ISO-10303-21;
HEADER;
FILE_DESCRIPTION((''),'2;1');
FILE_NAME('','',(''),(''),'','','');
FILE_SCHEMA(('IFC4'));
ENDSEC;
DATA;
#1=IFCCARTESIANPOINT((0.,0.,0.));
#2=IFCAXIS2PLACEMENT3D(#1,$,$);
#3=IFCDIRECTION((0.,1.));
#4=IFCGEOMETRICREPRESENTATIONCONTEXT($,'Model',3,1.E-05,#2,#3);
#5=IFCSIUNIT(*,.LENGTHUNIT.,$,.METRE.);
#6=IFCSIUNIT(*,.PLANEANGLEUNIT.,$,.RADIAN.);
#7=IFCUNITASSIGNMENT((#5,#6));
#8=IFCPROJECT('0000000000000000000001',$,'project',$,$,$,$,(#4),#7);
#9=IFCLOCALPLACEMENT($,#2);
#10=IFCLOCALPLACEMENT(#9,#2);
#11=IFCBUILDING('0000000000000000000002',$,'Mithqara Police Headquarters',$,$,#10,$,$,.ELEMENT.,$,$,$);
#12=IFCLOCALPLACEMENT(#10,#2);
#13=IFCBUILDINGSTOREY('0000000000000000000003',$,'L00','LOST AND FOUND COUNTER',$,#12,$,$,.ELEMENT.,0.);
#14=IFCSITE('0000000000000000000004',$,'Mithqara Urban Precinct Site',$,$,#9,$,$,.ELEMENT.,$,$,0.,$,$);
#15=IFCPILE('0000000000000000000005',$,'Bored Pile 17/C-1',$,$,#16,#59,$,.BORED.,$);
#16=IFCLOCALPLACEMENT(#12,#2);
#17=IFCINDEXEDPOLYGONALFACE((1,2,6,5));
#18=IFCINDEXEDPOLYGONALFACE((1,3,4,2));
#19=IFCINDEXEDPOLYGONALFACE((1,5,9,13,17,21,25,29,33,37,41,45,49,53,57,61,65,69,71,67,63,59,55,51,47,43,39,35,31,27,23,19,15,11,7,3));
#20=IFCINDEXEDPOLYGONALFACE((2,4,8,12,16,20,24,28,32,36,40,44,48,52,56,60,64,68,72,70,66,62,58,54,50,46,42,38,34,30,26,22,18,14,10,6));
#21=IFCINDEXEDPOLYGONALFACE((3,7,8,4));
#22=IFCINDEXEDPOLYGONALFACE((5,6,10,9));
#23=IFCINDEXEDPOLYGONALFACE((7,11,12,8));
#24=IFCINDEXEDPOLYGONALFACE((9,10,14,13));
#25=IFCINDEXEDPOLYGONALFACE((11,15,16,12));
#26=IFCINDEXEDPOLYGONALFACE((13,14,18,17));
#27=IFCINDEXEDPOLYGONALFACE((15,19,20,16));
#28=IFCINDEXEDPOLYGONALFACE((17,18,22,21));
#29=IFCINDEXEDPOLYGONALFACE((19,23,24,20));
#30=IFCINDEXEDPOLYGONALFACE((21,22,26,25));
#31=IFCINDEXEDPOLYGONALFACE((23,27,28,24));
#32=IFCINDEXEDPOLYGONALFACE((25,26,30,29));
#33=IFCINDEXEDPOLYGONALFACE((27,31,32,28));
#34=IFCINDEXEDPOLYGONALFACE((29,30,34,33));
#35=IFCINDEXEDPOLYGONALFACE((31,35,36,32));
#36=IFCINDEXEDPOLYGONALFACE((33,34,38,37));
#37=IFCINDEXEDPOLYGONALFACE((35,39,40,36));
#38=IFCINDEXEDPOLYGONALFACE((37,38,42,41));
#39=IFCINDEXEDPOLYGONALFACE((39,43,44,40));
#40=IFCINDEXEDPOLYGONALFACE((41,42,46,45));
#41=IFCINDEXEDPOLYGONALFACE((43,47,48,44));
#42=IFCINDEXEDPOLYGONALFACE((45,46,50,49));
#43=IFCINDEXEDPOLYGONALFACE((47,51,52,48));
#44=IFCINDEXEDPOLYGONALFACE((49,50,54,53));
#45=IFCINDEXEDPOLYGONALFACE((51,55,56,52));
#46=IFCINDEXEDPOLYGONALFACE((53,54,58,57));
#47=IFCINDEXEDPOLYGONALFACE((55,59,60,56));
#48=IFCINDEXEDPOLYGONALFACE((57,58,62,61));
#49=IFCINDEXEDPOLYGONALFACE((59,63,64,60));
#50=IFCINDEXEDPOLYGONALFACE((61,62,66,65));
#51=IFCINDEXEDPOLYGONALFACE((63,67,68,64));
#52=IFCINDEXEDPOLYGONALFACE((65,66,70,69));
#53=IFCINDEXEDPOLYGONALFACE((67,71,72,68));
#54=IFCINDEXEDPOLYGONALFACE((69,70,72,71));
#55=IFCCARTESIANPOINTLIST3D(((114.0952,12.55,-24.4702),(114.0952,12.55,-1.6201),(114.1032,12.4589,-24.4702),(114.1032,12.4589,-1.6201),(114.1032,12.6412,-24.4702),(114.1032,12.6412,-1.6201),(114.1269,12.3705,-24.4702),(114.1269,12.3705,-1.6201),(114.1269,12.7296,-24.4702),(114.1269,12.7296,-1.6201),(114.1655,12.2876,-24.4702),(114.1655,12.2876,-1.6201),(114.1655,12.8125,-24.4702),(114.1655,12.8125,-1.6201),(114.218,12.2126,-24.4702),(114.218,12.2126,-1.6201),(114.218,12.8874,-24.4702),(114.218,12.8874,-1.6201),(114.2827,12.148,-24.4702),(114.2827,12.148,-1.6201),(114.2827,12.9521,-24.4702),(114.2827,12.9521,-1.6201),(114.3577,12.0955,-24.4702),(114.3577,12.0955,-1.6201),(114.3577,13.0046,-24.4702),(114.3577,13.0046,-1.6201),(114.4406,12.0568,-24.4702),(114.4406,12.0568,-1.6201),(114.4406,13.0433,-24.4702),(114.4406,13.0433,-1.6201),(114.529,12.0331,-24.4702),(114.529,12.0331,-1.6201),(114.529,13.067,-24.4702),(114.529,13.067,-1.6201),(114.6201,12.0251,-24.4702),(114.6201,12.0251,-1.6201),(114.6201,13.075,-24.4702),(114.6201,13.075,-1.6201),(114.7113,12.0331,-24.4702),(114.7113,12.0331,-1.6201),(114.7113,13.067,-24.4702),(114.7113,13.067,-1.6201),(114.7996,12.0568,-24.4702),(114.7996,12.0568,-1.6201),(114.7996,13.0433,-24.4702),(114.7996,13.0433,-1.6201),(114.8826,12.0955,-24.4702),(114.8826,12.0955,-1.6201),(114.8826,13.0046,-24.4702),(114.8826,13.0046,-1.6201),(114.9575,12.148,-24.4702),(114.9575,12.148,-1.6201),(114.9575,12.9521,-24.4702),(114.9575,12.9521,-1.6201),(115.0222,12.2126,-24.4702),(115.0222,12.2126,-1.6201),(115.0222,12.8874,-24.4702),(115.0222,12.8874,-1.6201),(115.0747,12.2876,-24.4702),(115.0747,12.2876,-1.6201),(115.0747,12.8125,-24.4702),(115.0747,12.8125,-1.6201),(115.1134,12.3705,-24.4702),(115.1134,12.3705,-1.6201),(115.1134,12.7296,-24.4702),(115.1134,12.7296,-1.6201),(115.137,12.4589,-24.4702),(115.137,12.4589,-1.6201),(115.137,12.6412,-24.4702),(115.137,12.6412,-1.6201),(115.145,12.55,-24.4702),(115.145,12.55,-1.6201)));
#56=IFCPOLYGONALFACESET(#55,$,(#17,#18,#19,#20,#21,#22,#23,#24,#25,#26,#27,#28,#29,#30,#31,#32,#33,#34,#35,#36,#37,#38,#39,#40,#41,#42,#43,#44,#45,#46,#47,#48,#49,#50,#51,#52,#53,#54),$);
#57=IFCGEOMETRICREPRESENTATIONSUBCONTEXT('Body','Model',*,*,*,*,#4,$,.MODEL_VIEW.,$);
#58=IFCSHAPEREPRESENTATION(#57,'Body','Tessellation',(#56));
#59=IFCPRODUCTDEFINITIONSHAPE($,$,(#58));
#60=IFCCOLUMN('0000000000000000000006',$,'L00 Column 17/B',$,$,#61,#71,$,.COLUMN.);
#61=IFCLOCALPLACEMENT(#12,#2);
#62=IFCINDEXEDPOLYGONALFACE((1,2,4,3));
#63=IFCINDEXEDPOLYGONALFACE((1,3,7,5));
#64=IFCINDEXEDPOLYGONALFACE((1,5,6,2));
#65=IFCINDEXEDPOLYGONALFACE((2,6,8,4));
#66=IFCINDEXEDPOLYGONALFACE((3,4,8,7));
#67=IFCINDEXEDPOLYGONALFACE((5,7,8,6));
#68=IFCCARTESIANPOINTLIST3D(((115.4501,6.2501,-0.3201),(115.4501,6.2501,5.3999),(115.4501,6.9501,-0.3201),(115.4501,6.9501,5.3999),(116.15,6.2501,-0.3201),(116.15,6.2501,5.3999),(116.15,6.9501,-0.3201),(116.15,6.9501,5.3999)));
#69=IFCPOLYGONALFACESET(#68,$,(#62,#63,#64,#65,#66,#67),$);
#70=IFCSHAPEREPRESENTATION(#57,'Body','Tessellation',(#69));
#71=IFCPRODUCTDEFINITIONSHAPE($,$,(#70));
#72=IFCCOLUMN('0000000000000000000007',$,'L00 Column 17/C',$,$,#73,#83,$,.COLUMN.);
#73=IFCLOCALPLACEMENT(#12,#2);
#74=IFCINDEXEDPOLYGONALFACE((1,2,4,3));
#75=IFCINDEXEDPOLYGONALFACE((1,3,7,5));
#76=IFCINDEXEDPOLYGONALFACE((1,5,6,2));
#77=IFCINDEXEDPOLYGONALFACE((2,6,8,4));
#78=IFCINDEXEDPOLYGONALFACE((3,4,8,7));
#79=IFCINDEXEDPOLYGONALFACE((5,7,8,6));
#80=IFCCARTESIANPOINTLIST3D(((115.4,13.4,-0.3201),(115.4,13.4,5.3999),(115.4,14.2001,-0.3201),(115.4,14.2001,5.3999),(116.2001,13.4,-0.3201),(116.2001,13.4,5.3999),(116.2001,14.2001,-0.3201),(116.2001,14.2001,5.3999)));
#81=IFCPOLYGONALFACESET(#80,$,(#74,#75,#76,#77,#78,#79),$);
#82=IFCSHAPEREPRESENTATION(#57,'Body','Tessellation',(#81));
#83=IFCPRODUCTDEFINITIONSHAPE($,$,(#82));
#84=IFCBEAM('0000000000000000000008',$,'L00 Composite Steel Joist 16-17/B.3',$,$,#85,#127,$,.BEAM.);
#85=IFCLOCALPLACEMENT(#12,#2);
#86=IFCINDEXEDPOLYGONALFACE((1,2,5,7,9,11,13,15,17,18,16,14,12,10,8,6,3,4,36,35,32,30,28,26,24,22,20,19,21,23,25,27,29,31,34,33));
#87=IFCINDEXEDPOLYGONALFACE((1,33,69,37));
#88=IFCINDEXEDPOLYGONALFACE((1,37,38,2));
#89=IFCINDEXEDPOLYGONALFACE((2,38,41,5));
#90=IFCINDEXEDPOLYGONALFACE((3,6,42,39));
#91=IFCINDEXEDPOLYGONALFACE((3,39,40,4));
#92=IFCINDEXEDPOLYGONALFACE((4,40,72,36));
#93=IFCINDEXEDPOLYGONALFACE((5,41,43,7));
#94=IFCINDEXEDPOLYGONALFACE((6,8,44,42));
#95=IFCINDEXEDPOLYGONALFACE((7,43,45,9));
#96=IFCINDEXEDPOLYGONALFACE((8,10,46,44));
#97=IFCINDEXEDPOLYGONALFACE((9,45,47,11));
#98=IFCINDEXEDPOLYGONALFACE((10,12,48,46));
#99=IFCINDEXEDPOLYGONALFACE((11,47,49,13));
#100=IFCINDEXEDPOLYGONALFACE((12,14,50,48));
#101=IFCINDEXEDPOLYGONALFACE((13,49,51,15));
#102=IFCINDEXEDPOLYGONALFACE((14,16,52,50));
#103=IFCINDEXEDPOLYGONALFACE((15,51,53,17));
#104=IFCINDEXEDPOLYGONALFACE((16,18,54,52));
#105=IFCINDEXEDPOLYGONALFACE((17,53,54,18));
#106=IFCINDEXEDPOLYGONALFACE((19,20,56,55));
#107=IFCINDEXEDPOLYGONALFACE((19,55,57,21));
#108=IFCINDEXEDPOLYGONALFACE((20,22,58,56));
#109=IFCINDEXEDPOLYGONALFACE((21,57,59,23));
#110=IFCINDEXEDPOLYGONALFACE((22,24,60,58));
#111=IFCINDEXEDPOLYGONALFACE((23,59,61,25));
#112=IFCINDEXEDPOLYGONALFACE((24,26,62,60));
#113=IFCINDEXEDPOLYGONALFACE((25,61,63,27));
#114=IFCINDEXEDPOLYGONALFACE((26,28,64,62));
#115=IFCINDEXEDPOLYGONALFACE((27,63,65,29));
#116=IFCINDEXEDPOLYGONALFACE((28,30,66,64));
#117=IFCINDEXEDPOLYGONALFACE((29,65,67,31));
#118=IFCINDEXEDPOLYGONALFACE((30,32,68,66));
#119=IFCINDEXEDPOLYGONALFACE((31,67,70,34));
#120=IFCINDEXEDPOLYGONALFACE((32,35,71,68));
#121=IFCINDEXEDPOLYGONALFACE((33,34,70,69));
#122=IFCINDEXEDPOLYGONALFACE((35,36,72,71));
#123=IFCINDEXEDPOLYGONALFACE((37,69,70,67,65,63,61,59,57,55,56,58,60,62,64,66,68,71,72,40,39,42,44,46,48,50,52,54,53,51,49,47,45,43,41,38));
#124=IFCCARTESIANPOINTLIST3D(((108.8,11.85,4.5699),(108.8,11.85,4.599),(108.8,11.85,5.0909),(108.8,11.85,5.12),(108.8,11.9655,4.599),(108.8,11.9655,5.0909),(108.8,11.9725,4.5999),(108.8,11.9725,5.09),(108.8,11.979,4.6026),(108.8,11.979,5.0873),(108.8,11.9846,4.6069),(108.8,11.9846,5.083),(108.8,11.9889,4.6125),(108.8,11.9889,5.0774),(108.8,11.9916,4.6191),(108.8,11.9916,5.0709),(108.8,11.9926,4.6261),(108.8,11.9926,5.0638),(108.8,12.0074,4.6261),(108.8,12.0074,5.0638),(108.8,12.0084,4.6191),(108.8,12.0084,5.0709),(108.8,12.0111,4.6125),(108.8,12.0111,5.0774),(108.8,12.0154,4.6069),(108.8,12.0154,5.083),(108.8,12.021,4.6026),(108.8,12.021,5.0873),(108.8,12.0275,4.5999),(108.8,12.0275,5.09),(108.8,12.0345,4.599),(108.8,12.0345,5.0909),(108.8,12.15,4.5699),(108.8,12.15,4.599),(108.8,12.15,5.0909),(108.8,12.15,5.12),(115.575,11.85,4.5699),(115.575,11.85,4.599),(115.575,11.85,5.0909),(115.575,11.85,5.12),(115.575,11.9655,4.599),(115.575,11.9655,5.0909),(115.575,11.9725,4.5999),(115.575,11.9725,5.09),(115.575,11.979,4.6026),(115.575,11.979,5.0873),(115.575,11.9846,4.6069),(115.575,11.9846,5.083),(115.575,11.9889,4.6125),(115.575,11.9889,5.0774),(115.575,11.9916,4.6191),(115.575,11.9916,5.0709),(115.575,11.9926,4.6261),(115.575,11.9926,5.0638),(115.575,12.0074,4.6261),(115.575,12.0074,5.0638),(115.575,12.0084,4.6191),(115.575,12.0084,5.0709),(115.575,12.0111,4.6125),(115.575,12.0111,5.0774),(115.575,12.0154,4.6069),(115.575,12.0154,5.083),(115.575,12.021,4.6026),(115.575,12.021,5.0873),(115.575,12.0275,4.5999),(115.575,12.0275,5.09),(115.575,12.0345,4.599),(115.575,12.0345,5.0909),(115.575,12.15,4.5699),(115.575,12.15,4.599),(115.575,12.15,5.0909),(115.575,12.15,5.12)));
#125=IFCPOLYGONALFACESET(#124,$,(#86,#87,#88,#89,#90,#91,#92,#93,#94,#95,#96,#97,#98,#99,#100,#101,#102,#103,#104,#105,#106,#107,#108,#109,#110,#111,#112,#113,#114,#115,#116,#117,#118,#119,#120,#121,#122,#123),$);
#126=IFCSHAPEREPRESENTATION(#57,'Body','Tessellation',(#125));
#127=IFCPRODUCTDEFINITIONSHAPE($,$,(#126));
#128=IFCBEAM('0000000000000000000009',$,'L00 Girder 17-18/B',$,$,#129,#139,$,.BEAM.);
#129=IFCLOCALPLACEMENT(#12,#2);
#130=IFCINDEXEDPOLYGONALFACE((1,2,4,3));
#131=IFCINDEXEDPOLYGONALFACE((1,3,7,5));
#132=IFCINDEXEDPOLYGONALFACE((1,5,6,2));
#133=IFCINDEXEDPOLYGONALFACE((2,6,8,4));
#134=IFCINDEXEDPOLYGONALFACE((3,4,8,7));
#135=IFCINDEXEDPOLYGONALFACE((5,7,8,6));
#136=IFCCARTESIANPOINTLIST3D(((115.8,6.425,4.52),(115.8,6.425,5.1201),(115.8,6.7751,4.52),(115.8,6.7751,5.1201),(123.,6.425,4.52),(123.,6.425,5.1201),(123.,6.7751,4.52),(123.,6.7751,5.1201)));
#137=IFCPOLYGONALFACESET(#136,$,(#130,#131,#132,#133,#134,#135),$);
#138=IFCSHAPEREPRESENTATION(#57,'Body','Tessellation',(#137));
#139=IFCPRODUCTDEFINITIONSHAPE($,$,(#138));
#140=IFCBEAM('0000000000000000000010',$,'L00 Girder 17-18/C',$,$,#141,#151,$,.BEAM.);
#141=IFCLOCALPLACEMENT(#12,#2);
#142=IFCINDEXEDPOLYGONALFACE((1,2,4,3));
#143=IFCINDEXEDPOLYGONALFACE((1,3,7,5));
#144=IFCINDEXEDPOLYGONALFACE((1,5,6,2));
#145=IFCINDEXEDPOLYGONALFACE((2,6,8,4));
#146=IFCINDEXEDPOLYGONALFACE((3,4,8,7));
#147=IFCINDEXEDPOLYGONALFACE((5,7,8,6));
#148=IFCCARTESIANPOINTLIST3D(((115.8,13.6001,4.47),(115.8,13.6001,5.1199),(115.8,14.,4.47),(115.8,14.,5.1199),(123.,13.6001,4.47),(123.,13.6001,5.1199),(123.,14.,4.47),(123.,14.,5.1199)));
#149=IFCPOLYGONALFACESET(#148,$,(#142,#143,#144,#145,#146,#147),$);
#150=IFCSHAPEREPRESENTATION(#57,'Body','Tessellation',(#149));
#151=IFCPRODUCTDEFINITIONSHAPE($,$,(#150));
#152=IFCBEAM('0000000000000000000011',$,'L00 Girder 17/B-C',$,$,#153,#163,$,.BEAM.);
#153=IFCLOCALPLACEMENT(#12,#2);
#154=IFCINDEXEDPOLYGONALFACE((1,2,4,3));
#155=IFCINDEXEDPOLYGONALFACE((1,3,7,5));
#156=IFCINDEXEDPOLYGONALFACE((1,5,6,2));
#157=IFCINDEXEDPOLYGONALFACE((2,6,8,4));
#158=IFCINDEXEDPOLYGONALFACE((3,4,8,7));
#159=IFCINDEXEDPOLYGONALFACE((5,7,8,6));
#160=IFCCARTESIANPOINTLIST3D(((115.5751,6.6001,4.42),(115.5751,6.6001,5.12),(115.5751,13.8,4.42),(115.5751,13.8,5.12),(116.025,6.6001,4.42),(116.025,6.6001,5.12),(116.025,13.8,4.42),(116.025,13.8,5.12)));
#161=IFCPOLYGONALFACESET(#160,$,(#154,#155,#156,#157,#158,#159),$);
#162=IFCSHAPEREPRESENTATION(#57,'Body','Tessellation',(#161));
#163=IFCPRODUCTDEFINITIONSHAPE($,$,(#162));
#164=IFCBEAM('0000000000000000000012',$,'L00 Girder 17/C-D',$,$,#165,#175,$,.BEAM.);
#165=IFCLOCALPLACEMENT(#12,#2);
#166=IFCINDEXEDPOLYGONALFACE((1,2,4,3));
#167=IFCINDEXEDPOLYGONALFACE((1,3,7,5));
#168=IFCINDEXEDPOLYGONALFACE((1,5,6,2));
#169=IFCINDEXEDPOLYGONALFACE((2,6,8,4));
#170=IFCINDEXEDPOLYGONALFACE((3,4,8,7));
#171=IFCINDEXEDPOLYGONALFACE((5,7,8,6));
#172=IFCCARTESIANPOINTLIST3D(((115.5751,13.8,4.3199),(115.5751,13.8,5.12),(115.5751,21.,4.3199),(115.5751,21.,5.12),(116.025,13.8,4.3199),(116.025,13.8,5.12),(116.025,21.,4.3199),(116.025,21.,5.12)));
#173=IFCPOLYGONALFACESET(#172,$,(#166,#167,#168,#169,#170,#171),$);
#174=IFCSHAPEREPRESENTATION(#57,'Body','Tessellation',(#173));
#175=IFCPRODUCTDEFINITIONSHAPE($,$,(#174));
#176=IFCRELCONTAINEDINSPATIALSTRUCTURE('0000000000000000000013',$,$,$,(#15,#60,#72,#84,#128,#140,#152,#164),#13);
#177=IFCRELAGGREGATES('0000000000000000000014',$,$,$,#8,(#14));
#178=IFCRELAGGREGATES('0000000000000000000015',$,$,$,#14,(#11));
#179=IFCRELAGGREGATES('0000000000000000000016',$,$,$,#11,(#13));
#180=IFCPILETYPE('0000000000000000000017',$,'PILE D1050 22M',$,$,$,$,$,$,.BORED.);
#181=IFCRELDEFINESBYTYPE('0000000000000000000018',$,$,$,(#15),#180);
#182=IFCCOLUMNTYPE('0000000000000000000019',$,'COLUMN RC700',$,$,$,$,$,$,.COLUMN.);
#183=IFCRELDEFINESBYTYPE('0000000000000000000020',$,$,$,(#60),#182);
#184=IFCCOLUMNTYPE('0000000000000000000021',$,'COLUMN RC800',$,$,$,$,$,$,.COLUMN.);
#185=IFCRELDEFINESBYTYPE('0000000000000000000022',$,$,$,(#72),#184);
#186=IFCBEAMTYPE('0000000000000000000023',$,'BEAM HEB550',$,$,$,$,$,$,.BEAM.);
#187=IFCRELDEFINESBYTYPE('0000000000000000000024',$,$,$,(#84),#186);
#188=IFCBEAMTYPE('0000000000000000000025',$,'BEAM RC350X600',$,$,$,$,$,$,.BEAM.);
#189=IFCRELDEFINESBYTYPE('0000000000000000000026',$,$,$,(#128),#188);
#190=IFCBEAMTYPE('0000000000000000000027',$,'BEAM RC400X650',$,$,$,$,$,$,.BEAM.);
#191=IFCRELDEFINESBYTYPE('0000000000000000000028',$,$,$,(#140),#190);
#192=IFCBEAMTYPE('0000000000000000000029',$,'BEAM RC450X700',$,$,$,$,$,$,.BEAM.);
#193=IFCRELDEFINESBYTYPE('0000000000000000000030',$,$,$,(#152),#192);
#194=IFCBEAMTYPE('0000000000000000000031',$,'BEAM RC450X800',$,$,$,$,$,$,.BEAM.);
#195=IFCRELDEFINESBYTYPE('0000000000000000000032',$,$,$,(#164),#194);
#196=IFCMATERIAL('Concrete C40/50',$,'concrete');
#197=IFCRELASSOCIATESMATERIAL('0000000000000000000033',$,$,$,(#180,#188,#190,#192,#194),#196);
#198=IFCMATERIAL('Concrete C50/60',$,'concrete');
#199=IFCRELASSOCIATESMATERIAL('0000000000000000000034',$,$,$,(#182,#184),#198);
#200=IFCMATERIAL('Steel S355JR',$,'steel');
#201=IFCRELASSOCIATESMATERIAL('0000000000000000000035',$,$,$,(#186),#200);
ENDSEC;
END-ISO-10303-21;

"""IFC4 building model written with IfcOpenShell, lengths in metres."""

from ifc_helpers import new_model, si_unit, direction, frame, origin, origin_2d, place, context, subcontext, project, spatial, rectangle, circle, i_section, extrude, material, material_profile, profile_set, type_object, element, save


model = new_model("IFC4")

# Units and contexts
model_context = context("Model", 3, precision=1e-05, world=origin(), true_north=direction((0.0, 1.0)))
body_context = subcontext(model_context, "Body", "Model", "MODEL_VIEW")
ifc_project = project(units=[si_unit("LENGTHUNIT", "METRE"), si_unit("PLANEANGLEUNIT", "RADIAN")], contexts=[model_context])

# Site, building, storey
site_placement = place(None, origin())
site = spatial("IfcSite", under=ifc_project, at=site_placement, Name="Mithqara Urban Precinct Site", CompositionType="ELEMENT", RefElevation=0.0)
building_placement = place(site_placement, origin())
building = spatial("IfcBuilding", under=site, at=building_placement, Name="Mithqara Police Headquarters", CompositionType="ELEMENT")
storey_placement = place(building_placement, origin())
storey = spatial("IfcBuildingStorey", under=building, at=storey_placement, Name="L00", Description="LOST AND FOUND COUNTER", CompositionType="ELEMENT", Elevation=0.0)

# Shared definitions
ifc_material_1 = material(Name="Concrete C40/50", Category="concrete")

# Pile
ifc_material_profile_1 = material_profile(ifc_material_1, circle(Radius=0.5249, at=origin_2d()), Name="PILE D1050")
ifc_profile_set_1 = profile_set([ifc_material_profile_1], Name="Concrete C40/50")
pile_type = type_object("IfcPileType", Name="PILE D1050 22M", PredefinedType="BORED", material=ifc_profile_set_1)
for number, where, z_axis, x_axis, name in (
    (1, (114.6201, 12.55, -1.6201), (0.0, 0.0, -1.0), (1.0, 0.0, 0.0), "Bored Pile 17/C-1"),
):
    element("IfcPile", number, at=place(storey_placement, frame(where, z_axis=z_axis, x_axis=x_axis)), inside=storey, type_object=pile_type, Name=name, PredefinedType="BORED", context=body_context, shape_type="SweptSolid", body=[
        extrude(circle(Radius=0.5249, at=origin_2d()), origin(), (0.0, 0.0, 1.0), 22.8501),
    ])

# Columns
ifc_material_2 = material(Name="Concrete C50/60", Category="concrete")
ifc_material_profile_2 = material_profile(ifc_material_2, rectangle(XDim=0.7, YDim=0.7, at=origin_2d()), Name="RC 700x700")
ifc_profile_set_2 = profile_set([ifc_material_profile_2], Name="Concrete C50/60")
column_type_1 = type_object("IfcColumnType", Name="COLUMN RC700", PredefinedType="COLUMN", material=ifc_profile_set_2)
column_1_placement = place(storey_placement, frame((115.8, 6.6001, -0.3201), z_axis=(0.0, 0.0, 1.0), x_axis=(1.0, 0.0, 0.0)))
element("IfcColumn", 2, at=column_1_placement, inside=storey, type_object=column_type_1, Name="L00 Column 17/B", PredefinedType="COLUMN", context=body_context, shape_type="SweptSolid", body=[
    extrude(rectangle(XDim=0.7, YDim=0.7, at=origin_2d()), origin(), (0.0, 0.0, 1.0), 5.72),
])
ifc_material_profile_3 = material_profile(ifc_material_2, rectangle(XDim=0.8, YDim=0.8, at=origin_2d()), Name="RC 800x800")
ifc_profile_set_3 = profile_set([ifc_material_profile_3], Name="Concrete C50/60")
column_type_2 = type_object("IfcColumnType", Name="COLUMN RC800", PredefinedType="COLUMN", material=ifc_profile_set_3)
column_2_placement = place(storey_placement, frame((115.8, 13.8, -0.3201), z_axis=(0.0, 0.0, 1.0), x_axis=(1.0, 0.0, 0.0)))
element("IfcColumn", 3, at=column_2_placement, inside=storey, type_object=column_type_2, Name="L00 Column 17/C", PredefinedType="COLUMN", context=body_context, shape_type="SweptSolid", body=[
    extrude(rectangle(XDim=0.8, YDim=0.8, at=origin_2d()), origin(), (0.0, 0.0, 1.0), 5.72),
])

# Beams
ifc_material_3 = material(Name="Steel S355JR", Category="steel")
ifc_material_profile_4 = material_profile(ifc_material_3, i_section(OverallWidth=0.3, OverallDepth=0.55, WebThickness=0.0149, FlangeThickness=0.0291, FilletRadius=0.0271, at=origin_2d()), Name="HEB 550")
ifc_profile_set_4 = profile_set([ifc_material_profile_4], Name="Steel S355JR")
beam_type_1 = type_object("IfcBeamType", Name="BEAM HEB550", PredefinedType="BEAM", material=ifc_profile_set_4)
beam_1_placement = place(storey_placement, frame((108.8, 12.0, 4.845), z_axis=(1.0, 0.0, 0.0), x_axis=(0.0, 1.0, 0.0)))
element("IfcBeam", 4, at=beam_1_placement, inside=storey, type_object=beam_type_1, Name="L00 Composite Steel Joist 16-17/B.3", PredefinedType="BEAM", context=body_context, shape_type="SweptSolid", body=[
    extrude(i_section(OverallWidth=0.3, OverallDepth=0.55, WebThickness=0.0149, FlangeThickness=0.0291, FilletRadius=0.0271, at=origin_2d()), origin(), (0.0, 0.0, 1.0), 6.7749),
])
ifc_material_profile_5 = material_profile(ifc_material_1, rectangle(XDim=0.3501, YDim=0.6001, at=origin_2d()), Name="RC 350x600")
ifc_profile_set_5 = profile_set([ifc_material_profile_5], Name="Concrete C40/50")
beam_type_2 = type_object("IfcBeamType", Name="BEAM RC350X600", PredefinedType="BEAM", material=ifc_profile_set_5)
beam_2_placement = place(storey_placement, frame((115.8, 6.6001, 4.8201), z_axis=(1.0, 0.0, 0.0), x_axis=(0.0, 1.0, 0.0)))
element("IfcBeam", 5, at=beam_2_placement, inside=storey, type_object=beam_type_2, Name="L00 Girder 17-18/B", PredefinedType="BEAM", context=body_context, shape_type="SweptSolid", body=[
    extrude(rectangle(XDim=0.3501, YDim=0.6001, at=origin_2d()), origin(), (0.0, 0.0, 1.0), 7.2),
])
ifc_material_profile_6 = material_profile(ifc_material_1, rectangle(XDim=0.3999, YDim=0.6499, at=origin_2d()), Name="RC 400x650")
ifc_profile_set_6 = profile_set([ifc_material_profile_6], Name="Concrete C40/50")
beam_type_3 = type_object("IfcBeamType", Name="BEAM RC400X650", PredefinedType="BEAM", material=ifc_profile_set_6)
beam_3_placement = place(storey_placement, frame((115.8, 13.8, 4.7949), z_axis=(1.0, 0.0, 0.0), x_axis=(0.0, 1.0, 0.0)))
element("IfcBeam", 6, at=beam_3_placement, inside=storey, type_object=beam_type_3, Name="L00 Girder 17-18/C", PredefinedType="BEAM", context=body_context, shape_type="SweptSolid", body=[
    extrude(rectangle(XDim=0.3999, YDim=0.6499, at=origin_2d()), origin(), (0.0, 0.0, 1.0), 7.2),
])
ifc_material_profile_7 = material_profile(ifc_material_1, rectangle(XDim=0.45, YDim=0.7, at=origin_2d()), Name="RC 450x700")
ifc_profile_set_7 = profile_set([ifc_material_profile_7], Name="Concrete C40/50")
beam_type_4 = type_object("IfcBeamType", Name="BEAM RC450X700", PredefinedType="BEAM", material=ifc_profile_set_7)
beam_4_placement = place(storey_placement, frame((115.8, 6.6001, 4.77), z_axis=(0.0, 1.0, 0.0), x_axis=(-1.0, 0.0, 0.0)))
element("IfcBeam", 7, at=beam_4_placement, inside=storey, type_object=beam_type_4, Name="L00 Girder 17/B-C", PredefinedType="BEAM", context=body_context, shape_type="SweptSolid", body=[
    extrude(rectangle(XDim=0.45, YDim=0.7, at=origin_2d()), origin(), (0.0, 0.0, 1.0), 7.2),
])
ifc_material_profile_8 = material_profile(ifc_material_1, rectangle(XDim=0.45, YDim=0.8, at=origin_2d()), Name="RC 450x800")
ifc_profile_set_8 = profile_set([ifc_material_profile_8], Name="Concrete C40/50")
beam_type_5 = type_object("IfcBeamType", Name="BEAM RC450X800", PredefinedType="BEAM", material=ifc_profile_set_8)
beam_5_placement = place(storey_placement, frame((115.8, 13.8, 4.72), z_axis=(0.0, 1.0, 0.0), x_axis=(-1.0, 0.0, 0.0)))
element("IfcBeam", 8, at=beam_5_placement, inside=storey, type_object=beam_type_5, Name="L00 Girder 17/C-D", PredefinedType="BEAM", context=body_context, shape_type="SweptSolid", body=[
    extrude(rectangle(XDim=0.45, YDim=0.8, at=origin_2d()), origin(), (0.0, 0.0, 1.0), 7.2),
])

save(model, "model.ifc")
